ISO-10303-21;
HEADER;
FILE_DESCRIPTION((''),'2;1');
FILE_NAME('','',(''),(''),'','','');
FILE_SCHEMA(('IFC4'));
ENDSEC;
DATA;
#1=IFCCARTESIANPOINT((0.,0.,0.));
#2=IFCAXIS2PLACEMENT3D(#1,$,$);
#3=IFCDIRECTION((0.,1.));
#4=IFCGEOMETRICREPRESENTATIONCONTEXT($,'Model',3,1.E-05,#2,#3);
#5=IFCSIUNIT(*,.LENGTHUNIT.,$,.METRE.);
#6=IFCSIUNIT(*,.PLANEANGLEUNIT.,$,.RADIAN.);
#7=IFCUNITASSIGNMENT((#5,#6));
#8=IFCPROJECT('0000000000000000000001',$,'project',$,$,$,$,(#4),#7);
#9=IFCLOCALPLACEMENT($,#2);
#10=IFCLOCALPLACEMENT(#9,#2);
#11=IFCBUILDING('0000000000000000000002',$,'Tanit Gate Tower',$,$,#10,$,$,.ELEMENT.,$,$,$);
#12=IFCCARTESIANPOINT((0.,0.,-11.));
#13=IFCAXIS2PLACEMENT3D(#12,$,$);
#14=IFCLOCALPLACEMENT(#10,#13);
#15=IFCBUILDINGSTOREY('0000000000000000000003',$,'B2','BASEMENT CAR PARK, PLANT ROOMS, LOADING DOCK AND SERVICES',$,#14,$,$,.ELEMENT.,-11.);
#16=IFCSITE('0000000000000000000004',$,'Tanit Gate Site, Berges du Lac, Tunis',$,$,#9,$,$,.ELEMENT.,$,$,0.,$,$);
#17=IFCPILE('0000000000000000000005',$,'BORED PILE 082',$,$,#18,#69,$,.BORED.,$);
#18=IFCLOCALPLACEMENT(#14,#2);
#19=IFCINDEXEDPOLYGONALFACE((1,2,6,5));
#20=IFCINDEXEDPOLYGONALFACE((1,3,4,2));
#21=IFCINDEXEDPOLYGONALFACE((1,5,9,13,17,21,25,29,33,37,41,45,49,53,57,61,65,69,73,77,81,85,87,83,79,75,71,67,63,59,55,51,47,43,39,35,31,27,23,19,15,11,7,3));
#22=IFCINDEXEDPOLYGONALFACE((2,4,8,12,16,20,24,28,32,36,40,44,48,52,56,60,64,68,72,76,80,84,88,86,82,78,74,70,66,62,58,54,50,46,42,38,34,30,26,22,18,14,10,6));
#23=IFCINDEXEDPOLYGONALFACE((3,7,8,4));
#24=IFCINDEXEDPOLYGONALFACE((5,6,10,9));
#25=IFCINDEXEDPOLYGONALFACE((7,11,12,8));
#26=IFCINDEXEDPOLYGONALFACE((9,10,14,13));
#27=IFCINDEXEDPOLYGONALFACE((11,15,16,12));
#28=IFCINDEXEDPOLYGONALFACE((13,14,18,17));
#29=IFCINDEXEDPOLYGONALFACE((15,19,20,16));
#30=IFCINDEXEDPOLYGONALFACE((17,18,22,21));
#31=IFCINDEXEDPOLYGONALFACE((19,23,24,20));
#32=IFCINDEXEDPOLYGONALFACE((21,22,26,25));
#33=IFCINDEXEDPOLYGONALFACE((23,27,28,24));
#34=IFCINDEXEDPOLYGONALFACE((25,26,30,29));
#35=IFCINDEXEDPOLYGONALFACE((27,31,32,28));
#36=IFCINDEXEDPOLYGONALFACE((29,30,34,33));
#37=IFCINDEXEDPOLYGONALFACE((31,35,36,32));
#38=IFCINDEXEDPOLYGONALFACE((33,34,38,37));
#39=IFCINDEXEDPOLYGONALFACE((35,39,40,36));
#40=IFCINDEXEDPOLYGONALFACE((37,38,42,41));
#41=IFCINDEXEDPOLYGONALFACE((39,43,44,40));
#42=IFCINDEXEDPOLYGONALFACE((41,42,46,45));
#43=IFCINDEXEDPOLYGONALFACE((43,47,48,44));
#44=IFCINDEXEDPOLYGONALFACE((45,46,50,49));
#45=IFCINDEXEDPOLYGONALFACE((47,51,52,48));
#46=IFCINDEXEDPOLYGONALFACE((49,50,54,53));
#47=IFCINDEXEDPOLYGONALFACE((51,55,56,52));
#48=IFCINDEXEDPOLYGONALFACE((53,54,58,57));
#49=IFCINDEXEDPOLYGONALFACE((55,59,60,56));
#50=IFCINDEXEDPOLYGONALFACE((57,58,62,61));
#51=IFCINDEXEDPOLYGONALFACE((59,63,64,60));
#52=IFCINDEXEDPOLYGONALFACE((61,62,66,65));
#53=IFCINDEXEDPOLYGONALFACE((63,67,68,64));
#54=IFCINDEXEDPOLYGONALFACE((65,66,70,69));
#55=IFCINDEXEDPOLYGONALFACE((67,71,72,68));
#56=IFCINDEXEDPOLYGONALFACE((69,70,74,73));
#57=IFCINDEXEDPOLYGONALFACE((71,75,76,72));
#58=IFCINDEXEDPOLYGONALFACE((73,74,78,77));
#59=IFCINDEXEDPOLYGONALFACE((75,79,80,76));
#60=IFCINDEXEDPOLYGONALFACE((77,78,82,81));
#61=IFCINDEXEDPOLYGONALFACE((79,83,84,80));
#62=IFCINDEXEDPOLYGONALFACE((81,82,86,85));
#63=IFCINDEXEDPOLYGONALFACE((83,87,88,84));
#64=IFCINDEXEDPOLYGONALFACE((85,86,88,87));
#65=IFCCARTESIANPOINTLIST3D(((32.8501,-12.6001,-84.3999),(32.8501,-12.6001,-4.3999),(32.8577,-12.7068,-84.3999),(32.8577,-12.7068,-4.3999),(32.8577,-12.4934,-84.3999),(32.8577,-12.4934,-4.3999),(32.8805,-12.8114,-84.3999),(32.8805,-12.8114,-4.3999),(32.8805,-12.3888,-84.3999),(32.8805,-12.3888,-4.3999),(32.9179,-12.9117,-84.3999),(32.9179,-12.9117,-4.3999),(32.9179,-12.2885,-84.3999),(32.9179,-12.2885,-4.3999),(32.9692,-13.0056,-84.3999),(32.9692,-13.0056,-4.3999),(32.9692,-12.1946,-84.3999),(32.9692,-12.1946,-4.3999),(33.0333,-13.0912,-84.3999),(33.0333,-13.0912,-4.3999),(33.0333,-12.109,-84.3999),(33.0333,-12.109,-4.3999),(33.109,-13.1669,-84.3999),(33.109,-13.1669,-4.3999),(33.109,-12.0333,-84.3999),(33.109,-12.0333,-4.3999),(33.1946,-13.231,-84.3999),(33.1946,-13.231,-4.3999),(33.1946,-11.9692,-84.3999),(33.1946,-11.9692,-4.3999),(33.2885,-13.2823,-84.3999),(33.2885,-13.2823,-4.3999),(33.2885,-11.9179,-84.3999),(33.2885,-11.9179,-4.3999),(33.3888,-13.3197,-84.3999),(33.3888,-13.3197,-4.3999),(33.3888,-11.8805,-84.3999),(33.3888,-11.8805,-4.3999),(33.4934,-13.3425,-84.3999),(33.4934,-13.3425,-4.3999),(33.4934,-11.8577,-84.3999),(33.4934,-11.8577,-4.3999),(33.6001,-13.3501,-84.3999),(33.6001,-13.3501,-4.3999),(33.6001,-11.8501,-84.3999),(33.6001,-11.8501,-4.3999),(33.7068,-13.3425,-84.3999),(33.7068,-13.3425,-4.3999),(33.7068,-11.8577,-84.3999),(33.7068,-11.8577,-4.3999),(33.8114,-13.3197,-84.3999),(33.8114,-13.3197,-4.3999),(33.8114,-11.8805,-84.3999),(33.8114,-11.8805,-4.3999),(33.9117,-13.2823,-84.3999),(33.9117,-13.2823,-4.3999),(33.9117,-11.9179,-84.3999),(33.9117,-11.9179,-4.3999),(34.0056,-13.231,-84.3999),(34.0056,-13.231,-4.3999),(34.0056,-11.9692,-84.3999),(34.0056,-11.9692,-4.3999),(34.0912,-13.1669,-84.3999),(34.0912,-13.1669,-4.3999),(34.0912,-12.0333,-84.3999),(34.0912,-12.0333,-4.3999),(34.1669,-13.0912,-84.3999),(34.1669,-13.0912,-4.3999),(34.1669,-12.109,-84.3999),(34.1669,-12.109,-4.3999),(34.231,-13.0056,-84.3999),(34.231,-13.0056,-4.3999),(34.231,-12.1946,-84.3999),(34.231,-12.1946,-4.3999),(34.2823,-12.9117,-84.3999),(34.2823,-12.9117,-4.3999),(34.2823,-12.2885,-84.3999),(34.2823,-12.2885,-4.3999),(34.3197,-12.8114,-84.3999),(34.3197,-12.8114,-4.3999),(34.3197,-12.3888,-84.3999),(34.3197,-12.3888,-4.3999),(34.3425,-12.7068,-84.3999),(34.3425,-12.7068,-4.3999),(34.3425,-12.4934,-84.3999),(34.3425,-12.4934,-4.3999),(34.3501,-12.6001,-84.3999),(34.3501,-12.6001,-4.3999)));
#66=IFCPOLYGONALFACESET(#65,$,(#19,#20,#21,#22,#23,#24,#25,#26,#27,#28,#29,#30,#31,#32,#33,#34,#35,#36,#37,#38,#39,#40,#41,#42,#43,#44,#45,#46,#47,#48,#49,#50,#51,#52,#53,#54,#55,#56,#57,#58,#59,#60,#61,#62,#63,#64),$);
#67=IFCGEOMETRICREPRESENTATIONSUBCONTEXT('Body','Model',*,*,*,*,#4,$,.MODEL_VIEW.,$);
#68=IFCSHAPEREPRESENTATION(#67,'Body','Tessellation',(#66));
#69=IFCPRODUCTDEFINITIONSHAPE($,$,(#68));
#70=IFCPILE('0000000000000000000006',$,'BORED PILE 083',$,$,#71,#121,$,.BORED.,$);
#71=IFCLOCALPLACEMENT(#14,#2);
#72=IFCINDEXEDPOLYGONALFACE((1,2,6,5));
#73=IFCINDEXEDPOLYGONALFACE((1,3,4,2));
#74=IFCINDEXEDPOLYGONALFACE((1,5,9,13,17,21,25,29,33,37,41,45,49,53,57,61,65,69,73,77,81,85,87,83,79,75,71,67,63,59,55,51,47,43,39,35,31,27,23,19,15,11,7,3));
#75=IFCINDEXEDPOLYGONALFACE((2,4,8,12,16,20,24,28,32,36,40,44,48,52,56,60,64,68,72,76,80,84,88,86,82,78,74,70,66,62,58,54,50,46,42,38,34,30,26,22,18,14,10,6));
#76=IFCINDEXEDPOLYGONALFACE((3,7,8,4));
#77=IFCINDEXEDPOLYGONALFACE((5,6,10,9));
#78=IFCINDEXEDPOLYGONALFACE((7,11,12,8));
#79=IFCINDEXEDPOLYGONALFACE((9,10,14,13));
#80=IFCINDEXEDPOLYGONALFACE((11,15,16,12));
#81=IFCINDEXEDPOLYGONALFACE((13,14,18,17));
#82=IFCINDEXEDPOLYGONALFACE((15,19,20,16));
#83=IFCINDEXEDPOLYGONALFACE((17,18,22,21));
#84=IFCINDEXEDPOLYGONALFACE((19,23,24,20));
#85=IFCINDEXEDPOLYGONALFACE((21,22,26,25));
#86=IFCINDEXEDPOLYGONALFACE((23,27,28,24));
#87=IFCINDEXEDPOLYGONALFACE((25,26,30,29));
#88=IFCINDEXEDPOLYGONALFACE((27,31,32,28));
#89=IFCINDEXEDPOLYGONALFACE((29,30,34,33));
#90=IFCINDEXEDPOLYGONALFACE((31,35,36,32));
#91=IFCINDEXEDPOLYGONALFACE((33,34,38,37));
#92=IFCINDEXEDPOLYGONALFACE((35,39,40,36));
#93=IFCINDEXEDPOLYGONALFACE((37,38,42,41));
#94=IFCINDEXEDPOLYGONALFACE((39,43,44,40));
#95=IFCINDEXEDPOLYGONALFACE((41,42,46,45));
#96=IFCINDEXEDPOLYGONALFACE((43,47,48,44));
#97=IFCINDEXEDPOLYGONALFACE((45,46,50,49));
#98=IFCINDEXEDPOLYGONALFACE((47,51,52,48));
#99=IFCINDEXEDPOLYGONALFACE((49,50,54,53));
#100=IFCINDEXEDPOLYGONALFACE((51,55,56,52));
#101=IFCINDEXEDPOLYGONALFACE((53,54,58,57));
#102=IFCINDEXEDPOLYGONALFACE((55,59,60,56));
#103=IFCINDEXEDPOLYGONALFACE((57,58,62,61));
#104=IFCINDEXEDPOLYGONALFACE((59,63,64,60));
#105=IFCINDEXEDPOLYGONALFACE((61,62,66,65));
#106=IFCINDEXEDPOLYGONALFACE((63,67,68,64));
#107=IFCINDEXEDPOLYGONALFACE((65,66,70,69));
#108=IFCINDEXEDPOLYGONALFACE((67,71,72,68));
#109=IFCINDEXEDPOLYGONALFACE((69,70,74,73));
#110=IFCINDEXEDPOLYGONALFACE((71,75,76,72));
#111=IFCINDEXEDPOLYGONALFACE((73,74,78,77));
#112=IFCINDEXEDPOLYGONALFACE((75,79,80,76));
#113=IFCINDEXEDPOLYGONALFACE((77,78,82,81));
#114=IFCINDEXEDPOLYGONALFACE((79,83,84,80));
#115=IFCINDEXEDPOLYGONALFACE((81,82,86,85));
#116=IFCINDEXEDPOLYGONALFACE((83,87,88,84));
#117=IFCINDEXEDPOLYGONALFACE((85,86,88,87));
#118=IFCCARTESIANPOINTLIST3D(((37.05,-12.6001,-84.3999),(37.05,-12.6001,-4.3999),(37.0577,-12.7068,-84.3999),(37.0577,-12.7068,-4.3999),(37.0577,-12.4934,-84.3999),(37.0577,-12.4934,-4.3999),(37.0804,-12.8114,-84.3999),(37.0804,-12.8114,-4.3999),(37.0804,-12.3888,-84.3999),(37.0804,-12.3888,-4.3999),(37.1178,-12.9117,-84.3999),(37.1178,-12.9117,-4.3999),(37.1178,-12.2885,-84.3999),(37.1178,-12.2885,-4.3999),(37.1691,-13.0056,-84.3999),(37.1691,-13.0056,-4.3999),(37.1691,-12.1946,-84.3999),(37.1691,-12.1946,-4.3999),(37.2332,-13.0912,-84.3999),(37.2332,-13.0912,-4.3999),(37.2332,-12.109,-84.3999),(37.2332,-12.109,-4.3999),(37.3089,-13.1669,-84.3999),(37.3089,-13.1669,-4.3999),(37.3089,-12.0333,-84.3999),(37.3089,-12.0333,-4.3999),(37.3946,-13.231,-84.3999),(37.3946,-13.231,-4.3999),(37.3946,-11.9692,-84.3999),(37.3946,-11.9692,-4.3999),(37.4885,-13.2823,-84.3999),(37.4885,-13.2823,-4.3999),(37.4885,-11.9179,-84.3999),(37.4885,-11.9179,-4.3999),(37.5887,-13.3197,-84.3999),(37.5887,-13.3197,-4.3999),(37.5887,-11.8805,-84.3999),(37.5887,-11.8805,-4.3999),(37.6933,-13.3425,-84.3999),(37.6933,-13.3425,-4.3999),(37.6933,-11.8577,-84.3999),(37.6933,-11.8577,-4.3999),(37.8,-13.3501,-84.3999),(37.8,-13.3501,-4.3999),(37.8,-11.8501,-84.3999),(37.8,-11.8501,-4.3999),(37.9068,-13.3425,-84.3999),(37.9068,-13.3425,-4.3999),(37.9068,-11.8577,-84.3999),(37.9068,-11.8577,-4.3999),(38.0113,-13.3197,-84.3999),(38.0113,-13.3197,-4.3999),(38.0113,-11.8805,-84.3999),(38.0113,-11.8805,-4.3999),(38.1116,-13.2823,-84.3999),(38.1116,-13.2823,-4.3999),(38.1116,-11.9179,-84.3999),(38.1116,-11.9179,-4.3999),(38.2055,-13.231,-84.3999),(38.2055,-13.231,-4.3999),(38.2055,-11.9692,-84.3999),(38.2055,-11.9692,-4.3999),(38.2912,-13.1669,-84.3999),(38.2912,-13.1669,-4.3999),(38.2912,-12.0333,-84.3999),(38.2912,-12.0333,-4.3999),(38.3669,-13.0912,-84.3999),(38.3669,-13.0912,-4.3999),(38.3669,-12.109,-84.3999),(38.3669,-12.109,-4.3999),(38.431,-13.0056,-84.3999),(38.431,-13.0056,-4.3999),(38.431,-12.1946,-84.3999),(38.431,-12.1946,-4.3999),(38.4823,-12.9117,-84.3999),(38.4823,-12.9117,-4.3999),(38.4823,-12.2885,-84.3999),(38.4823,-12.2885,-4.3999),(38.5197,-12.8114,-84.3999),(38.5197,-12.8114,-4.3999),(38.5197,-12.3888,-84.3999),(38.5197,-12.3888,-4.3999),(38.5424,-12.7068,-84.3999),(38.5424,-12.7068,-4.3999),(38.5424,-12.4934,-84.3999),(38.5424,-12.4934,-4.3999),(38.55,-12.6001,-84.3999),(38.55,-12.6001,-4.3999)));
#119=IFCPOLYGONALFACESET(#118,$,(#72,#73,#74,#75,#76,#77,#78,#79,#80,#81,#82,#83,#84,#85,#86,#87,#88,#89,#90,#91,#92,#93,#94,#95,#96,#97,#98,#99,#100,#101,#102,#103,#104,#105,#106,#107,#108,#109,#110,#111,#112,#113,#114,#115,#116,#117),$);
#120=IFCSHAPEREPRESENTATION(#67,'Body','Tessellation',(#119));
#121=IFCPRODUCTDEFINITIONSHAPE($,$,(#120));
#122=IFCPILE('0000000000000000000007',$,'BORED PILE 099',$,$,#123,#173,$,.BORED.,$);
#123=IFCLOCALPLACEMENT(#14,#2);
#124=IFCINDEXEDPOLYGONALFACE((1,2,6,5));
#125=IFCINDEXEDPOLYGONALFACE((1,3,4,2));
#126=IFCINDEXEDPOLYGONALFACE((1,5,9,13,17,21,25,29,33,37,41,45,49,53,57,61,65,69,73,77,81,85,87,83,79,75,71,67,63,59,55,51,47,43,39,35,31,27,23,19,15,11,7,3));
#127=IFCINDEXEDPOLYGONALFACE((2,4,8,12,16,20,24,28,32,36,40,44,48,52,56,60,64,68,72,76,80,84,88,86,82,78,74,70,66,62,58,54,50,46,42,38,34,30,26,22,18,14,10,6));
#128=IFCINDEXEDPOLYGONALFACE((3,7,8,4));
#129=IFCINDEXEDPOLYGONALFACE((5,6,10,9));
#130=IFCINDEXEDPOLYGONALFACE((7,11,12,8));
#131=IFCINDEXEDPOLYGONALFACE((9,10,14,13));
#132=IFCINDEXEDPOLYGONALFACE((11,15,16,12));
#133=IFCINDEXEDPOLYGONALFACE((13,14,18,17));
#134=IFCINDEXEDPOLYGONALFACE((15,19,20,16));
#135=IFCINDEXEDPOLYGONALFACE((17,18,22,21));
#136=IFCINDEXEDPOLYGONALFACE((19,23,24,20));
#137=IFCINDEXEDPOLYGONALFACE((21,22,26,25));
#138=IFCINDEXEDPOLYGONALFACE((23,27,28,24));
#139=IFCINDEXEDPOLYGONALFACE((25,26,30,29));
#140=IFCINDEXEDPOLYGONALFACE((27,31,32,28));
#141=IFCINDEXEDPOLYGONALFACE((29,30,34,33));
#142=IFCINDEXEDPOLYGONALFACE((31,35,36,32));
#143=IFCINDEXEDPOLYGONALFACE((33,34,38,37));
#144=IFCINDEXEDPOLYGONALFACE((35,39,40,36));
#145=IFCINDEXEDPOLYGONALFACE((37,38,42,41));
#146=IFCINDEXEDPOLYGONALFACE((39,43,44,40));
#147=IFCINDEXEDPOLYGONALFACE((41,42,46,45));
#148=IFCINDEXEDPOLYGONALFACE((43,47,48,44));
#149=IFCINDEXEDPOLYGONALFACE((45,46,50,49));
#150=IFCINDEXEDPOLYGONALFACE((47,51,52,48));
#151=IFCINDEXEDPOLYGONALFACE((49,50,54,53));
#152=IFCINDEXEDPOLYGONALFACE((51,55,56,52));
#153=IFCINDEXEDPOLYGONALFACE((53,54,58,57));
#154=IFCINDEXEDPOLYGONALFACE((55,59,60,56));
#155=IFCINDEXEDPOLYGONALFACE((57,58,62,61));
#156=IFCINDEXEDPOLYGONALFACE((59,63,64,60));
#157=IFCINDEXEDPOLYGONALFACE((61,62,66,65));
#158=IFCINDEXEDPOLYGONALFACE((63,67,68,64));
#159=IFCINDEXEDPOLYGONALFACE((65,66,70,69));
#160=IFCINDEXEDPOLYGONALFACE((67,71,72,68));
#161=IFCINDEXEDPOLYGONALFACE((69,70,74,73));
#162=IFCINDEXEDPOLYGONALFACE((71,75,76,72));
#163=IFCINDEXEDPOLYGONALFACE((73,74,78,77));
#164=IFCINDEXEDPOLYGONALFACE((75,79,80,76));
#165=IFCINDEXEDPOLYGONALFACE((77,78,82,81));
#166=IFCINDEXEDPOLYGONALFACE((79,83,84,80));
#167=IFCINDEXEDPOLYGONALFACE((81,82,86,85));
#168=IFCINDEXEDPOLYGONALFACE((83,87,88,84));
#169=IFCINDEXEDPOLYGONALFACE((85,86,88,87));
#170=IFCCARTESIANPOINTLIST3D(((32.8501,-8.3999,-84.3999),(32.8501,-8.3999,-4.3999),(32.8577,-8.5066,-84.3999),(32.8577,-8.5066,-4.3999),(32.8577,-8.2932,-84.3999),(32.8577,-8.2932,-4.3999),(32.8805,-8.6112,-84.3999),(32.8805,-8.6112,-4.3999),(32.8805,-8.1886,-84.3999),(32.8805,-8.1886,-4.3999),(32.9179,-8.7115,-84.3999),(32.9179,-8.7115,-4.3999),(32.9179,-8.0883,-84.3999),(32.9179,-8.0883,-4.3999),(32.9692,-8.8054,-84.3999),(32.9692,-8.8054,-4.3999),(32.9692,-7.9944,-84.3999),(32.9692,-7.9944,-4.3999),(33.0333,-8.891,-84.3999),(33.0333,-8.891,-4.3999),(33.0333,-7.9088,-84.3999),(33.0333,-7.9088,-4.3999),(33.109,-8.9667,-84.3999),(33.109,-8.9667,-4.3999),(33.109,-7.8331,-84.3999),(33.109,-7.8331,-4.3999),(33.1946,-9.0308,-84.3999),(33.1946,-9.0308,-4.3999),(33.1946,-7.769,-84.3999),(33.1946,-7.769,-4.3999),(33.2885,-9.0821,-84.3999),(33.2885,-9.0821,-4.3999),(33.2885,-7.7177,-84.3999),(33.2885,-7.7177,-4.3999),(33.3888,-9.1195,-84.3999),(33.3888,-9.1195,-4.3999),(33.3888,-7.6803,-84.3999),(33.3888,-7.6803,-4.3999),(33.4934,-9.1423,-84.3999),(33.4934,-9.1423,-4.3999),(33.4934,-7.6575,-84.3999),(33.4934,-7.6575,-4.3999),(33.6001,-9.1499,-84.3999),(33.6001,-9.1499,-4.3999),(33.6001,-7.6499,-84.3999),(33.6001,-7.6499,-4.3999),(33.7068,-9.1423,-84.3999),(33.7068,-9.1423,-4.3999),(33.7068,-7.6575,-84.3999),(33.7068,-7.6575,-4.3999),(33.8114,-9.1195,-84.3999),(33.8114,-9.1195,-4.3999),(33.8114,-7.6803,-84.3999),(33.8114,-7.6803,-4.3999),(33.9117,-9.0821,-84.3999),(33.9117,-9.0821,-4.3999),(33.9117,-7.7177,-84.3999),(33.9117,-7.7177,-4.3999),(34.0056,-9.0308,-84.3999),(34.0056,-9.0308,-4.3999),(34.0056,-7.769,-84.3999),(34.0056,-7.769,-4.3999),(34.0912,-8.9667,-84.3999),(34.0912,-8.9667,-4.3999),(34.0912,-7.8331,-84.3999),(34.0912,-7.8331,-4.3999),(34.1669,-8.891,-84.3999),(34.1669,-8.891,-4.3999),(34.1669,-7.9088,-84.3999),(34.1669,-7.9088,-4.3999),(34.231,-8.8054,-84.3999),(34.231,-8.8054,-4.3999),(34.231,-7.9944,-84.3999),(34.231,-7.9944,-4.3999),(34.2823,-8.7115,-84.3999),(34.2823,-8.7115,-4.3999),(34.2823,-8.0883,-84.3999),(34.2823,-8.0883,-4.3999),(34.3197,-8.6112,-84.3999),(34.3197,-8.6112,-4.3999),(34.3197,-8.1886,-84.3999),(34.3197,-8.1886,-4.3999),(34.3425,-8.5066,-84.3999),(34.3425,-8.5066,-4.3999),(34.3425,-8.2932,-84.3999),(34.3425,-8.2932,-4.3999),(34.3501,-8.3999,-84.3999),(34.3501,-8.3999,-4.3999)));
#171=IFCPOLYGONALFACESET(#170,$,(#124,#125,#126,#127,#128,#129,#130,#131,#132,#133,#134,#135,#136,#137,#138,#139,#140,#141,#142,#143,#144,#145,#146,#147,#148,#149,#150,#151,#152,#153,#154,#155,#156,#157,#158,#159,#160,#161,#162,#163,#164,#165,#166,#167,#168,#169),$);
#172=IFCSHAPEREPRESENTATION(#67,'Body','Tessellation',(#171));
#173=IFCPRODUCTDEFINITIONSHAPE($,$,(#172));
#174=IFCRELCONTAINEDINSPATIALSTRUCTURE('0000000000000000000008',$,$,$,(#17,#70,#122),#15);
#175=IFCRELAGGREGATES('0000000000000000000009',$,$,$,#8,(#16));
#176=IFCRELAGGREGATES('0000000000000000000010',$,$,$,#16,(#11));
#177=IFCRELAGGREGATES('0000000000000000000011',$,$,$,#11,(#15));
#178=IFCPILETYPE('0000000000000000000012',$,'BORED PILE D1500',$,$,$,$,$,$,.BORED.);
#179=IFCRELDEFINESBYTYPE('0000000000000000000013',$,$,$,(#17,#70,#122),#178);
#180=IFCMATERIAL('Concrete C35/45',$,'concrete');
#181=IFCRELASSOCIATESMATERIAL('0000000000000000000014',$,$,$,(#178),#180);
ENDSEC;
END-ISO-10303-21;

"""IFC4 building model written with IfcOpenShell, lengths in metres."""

from ifc_helpers import new_model, si_unit, direction, frame, origin, origin_2d, place, context, subcontext, project, spatial, circle, extrude, material, material_profile, profile_set, type_object, element, save


model = new_model("IFC4")

# Units and contexts
model_context = context("Model", 3, precision=1e-05, world=origin(), true_north=direction((0.0, 1.0)))
body_context = subcontext(model_context, "Body", "Model", "MODEL_VIEW")
ifc_project = project(units=[si_unit("LENGTHUNIT", "METRE"), si_unit("PLANEANGLEUNIT", "RADIAN")], contexts=[model_context])

# Site, building, storey
site_placement = place(None, origin())
site = spatial("IfcSite", under=ifc_project, at=site_placement, Name="Tanit Gate Site, Berges du Lac, Tunis", CompositionType="ELEMENT", RefElevation=0.0)
building_placement = place(site_placement, origin())
building = spatial("IfcBuilding", under=site, at=building_placement, Name="Tanit Gate Tower", CompositionType="ELEMENT")
storey_placement = place(building_placement, frame((0.0, 0.0, -11.0)))
storey = spatial("IfcBuildingStorey", under=building, at=storey_placement, Name="B2", Description="BASEMENT CAR PARK, PLANT ROOMS, LOADING DOCK AND SERVICES", CompositionType="ELEMENT", Elevation=-11.0)

# Piles
ifc_material_1 = material(Name="Concrete C35/45", Category="concrete")
ifc_material_profile_1 = material_profile(ifc_material_1, circle(Radius=0.75, at=origin_2d()), Name="BORED PILE D1500 C35/45")
ifc_profile_set_1 = profile_set([ifc_material_profile_1], Name="Concrete C35/45")
pile_type = type_object("IfcPileType", Name="BORED PILE D1500", PredefinedType="BORED", material=ifc_profile_set_1)
for number, where, z_axis, x_axis, name in (
    (1, (33.6001, -12.6001, -4.3999), (0.0, 0.0, -1.0), (1.0, 0.0, 0.0), "BORED PILE 082"),
    (2, (37.8, -12.6001, -4.3999), (0.0, 0.0, -1.0), (1.0, 0.0, 0.0), "BORED PILE 083"),
    (3, (33.6001, -8.3999, -4.3999), (0.0, 0.0, -1.0), (1.0, 0.0, 0.0), "BORED PILE 099"),
):
    element("IfcPile", number, at=place(storey_placement, frame(where, z_axis=z_axis, x_axis=x_axis)), inside=storey, type_object=pile_type, Name=name, PredefinedType="BORED", context=body_context, shape_type="SweptSolid", body=[
        extrude(circle(Radius=0.75, at=origin_2d()), origin(), (0.0, 0.0, 1.0), 80.0),
    ])

save(model, "model.ifc")
